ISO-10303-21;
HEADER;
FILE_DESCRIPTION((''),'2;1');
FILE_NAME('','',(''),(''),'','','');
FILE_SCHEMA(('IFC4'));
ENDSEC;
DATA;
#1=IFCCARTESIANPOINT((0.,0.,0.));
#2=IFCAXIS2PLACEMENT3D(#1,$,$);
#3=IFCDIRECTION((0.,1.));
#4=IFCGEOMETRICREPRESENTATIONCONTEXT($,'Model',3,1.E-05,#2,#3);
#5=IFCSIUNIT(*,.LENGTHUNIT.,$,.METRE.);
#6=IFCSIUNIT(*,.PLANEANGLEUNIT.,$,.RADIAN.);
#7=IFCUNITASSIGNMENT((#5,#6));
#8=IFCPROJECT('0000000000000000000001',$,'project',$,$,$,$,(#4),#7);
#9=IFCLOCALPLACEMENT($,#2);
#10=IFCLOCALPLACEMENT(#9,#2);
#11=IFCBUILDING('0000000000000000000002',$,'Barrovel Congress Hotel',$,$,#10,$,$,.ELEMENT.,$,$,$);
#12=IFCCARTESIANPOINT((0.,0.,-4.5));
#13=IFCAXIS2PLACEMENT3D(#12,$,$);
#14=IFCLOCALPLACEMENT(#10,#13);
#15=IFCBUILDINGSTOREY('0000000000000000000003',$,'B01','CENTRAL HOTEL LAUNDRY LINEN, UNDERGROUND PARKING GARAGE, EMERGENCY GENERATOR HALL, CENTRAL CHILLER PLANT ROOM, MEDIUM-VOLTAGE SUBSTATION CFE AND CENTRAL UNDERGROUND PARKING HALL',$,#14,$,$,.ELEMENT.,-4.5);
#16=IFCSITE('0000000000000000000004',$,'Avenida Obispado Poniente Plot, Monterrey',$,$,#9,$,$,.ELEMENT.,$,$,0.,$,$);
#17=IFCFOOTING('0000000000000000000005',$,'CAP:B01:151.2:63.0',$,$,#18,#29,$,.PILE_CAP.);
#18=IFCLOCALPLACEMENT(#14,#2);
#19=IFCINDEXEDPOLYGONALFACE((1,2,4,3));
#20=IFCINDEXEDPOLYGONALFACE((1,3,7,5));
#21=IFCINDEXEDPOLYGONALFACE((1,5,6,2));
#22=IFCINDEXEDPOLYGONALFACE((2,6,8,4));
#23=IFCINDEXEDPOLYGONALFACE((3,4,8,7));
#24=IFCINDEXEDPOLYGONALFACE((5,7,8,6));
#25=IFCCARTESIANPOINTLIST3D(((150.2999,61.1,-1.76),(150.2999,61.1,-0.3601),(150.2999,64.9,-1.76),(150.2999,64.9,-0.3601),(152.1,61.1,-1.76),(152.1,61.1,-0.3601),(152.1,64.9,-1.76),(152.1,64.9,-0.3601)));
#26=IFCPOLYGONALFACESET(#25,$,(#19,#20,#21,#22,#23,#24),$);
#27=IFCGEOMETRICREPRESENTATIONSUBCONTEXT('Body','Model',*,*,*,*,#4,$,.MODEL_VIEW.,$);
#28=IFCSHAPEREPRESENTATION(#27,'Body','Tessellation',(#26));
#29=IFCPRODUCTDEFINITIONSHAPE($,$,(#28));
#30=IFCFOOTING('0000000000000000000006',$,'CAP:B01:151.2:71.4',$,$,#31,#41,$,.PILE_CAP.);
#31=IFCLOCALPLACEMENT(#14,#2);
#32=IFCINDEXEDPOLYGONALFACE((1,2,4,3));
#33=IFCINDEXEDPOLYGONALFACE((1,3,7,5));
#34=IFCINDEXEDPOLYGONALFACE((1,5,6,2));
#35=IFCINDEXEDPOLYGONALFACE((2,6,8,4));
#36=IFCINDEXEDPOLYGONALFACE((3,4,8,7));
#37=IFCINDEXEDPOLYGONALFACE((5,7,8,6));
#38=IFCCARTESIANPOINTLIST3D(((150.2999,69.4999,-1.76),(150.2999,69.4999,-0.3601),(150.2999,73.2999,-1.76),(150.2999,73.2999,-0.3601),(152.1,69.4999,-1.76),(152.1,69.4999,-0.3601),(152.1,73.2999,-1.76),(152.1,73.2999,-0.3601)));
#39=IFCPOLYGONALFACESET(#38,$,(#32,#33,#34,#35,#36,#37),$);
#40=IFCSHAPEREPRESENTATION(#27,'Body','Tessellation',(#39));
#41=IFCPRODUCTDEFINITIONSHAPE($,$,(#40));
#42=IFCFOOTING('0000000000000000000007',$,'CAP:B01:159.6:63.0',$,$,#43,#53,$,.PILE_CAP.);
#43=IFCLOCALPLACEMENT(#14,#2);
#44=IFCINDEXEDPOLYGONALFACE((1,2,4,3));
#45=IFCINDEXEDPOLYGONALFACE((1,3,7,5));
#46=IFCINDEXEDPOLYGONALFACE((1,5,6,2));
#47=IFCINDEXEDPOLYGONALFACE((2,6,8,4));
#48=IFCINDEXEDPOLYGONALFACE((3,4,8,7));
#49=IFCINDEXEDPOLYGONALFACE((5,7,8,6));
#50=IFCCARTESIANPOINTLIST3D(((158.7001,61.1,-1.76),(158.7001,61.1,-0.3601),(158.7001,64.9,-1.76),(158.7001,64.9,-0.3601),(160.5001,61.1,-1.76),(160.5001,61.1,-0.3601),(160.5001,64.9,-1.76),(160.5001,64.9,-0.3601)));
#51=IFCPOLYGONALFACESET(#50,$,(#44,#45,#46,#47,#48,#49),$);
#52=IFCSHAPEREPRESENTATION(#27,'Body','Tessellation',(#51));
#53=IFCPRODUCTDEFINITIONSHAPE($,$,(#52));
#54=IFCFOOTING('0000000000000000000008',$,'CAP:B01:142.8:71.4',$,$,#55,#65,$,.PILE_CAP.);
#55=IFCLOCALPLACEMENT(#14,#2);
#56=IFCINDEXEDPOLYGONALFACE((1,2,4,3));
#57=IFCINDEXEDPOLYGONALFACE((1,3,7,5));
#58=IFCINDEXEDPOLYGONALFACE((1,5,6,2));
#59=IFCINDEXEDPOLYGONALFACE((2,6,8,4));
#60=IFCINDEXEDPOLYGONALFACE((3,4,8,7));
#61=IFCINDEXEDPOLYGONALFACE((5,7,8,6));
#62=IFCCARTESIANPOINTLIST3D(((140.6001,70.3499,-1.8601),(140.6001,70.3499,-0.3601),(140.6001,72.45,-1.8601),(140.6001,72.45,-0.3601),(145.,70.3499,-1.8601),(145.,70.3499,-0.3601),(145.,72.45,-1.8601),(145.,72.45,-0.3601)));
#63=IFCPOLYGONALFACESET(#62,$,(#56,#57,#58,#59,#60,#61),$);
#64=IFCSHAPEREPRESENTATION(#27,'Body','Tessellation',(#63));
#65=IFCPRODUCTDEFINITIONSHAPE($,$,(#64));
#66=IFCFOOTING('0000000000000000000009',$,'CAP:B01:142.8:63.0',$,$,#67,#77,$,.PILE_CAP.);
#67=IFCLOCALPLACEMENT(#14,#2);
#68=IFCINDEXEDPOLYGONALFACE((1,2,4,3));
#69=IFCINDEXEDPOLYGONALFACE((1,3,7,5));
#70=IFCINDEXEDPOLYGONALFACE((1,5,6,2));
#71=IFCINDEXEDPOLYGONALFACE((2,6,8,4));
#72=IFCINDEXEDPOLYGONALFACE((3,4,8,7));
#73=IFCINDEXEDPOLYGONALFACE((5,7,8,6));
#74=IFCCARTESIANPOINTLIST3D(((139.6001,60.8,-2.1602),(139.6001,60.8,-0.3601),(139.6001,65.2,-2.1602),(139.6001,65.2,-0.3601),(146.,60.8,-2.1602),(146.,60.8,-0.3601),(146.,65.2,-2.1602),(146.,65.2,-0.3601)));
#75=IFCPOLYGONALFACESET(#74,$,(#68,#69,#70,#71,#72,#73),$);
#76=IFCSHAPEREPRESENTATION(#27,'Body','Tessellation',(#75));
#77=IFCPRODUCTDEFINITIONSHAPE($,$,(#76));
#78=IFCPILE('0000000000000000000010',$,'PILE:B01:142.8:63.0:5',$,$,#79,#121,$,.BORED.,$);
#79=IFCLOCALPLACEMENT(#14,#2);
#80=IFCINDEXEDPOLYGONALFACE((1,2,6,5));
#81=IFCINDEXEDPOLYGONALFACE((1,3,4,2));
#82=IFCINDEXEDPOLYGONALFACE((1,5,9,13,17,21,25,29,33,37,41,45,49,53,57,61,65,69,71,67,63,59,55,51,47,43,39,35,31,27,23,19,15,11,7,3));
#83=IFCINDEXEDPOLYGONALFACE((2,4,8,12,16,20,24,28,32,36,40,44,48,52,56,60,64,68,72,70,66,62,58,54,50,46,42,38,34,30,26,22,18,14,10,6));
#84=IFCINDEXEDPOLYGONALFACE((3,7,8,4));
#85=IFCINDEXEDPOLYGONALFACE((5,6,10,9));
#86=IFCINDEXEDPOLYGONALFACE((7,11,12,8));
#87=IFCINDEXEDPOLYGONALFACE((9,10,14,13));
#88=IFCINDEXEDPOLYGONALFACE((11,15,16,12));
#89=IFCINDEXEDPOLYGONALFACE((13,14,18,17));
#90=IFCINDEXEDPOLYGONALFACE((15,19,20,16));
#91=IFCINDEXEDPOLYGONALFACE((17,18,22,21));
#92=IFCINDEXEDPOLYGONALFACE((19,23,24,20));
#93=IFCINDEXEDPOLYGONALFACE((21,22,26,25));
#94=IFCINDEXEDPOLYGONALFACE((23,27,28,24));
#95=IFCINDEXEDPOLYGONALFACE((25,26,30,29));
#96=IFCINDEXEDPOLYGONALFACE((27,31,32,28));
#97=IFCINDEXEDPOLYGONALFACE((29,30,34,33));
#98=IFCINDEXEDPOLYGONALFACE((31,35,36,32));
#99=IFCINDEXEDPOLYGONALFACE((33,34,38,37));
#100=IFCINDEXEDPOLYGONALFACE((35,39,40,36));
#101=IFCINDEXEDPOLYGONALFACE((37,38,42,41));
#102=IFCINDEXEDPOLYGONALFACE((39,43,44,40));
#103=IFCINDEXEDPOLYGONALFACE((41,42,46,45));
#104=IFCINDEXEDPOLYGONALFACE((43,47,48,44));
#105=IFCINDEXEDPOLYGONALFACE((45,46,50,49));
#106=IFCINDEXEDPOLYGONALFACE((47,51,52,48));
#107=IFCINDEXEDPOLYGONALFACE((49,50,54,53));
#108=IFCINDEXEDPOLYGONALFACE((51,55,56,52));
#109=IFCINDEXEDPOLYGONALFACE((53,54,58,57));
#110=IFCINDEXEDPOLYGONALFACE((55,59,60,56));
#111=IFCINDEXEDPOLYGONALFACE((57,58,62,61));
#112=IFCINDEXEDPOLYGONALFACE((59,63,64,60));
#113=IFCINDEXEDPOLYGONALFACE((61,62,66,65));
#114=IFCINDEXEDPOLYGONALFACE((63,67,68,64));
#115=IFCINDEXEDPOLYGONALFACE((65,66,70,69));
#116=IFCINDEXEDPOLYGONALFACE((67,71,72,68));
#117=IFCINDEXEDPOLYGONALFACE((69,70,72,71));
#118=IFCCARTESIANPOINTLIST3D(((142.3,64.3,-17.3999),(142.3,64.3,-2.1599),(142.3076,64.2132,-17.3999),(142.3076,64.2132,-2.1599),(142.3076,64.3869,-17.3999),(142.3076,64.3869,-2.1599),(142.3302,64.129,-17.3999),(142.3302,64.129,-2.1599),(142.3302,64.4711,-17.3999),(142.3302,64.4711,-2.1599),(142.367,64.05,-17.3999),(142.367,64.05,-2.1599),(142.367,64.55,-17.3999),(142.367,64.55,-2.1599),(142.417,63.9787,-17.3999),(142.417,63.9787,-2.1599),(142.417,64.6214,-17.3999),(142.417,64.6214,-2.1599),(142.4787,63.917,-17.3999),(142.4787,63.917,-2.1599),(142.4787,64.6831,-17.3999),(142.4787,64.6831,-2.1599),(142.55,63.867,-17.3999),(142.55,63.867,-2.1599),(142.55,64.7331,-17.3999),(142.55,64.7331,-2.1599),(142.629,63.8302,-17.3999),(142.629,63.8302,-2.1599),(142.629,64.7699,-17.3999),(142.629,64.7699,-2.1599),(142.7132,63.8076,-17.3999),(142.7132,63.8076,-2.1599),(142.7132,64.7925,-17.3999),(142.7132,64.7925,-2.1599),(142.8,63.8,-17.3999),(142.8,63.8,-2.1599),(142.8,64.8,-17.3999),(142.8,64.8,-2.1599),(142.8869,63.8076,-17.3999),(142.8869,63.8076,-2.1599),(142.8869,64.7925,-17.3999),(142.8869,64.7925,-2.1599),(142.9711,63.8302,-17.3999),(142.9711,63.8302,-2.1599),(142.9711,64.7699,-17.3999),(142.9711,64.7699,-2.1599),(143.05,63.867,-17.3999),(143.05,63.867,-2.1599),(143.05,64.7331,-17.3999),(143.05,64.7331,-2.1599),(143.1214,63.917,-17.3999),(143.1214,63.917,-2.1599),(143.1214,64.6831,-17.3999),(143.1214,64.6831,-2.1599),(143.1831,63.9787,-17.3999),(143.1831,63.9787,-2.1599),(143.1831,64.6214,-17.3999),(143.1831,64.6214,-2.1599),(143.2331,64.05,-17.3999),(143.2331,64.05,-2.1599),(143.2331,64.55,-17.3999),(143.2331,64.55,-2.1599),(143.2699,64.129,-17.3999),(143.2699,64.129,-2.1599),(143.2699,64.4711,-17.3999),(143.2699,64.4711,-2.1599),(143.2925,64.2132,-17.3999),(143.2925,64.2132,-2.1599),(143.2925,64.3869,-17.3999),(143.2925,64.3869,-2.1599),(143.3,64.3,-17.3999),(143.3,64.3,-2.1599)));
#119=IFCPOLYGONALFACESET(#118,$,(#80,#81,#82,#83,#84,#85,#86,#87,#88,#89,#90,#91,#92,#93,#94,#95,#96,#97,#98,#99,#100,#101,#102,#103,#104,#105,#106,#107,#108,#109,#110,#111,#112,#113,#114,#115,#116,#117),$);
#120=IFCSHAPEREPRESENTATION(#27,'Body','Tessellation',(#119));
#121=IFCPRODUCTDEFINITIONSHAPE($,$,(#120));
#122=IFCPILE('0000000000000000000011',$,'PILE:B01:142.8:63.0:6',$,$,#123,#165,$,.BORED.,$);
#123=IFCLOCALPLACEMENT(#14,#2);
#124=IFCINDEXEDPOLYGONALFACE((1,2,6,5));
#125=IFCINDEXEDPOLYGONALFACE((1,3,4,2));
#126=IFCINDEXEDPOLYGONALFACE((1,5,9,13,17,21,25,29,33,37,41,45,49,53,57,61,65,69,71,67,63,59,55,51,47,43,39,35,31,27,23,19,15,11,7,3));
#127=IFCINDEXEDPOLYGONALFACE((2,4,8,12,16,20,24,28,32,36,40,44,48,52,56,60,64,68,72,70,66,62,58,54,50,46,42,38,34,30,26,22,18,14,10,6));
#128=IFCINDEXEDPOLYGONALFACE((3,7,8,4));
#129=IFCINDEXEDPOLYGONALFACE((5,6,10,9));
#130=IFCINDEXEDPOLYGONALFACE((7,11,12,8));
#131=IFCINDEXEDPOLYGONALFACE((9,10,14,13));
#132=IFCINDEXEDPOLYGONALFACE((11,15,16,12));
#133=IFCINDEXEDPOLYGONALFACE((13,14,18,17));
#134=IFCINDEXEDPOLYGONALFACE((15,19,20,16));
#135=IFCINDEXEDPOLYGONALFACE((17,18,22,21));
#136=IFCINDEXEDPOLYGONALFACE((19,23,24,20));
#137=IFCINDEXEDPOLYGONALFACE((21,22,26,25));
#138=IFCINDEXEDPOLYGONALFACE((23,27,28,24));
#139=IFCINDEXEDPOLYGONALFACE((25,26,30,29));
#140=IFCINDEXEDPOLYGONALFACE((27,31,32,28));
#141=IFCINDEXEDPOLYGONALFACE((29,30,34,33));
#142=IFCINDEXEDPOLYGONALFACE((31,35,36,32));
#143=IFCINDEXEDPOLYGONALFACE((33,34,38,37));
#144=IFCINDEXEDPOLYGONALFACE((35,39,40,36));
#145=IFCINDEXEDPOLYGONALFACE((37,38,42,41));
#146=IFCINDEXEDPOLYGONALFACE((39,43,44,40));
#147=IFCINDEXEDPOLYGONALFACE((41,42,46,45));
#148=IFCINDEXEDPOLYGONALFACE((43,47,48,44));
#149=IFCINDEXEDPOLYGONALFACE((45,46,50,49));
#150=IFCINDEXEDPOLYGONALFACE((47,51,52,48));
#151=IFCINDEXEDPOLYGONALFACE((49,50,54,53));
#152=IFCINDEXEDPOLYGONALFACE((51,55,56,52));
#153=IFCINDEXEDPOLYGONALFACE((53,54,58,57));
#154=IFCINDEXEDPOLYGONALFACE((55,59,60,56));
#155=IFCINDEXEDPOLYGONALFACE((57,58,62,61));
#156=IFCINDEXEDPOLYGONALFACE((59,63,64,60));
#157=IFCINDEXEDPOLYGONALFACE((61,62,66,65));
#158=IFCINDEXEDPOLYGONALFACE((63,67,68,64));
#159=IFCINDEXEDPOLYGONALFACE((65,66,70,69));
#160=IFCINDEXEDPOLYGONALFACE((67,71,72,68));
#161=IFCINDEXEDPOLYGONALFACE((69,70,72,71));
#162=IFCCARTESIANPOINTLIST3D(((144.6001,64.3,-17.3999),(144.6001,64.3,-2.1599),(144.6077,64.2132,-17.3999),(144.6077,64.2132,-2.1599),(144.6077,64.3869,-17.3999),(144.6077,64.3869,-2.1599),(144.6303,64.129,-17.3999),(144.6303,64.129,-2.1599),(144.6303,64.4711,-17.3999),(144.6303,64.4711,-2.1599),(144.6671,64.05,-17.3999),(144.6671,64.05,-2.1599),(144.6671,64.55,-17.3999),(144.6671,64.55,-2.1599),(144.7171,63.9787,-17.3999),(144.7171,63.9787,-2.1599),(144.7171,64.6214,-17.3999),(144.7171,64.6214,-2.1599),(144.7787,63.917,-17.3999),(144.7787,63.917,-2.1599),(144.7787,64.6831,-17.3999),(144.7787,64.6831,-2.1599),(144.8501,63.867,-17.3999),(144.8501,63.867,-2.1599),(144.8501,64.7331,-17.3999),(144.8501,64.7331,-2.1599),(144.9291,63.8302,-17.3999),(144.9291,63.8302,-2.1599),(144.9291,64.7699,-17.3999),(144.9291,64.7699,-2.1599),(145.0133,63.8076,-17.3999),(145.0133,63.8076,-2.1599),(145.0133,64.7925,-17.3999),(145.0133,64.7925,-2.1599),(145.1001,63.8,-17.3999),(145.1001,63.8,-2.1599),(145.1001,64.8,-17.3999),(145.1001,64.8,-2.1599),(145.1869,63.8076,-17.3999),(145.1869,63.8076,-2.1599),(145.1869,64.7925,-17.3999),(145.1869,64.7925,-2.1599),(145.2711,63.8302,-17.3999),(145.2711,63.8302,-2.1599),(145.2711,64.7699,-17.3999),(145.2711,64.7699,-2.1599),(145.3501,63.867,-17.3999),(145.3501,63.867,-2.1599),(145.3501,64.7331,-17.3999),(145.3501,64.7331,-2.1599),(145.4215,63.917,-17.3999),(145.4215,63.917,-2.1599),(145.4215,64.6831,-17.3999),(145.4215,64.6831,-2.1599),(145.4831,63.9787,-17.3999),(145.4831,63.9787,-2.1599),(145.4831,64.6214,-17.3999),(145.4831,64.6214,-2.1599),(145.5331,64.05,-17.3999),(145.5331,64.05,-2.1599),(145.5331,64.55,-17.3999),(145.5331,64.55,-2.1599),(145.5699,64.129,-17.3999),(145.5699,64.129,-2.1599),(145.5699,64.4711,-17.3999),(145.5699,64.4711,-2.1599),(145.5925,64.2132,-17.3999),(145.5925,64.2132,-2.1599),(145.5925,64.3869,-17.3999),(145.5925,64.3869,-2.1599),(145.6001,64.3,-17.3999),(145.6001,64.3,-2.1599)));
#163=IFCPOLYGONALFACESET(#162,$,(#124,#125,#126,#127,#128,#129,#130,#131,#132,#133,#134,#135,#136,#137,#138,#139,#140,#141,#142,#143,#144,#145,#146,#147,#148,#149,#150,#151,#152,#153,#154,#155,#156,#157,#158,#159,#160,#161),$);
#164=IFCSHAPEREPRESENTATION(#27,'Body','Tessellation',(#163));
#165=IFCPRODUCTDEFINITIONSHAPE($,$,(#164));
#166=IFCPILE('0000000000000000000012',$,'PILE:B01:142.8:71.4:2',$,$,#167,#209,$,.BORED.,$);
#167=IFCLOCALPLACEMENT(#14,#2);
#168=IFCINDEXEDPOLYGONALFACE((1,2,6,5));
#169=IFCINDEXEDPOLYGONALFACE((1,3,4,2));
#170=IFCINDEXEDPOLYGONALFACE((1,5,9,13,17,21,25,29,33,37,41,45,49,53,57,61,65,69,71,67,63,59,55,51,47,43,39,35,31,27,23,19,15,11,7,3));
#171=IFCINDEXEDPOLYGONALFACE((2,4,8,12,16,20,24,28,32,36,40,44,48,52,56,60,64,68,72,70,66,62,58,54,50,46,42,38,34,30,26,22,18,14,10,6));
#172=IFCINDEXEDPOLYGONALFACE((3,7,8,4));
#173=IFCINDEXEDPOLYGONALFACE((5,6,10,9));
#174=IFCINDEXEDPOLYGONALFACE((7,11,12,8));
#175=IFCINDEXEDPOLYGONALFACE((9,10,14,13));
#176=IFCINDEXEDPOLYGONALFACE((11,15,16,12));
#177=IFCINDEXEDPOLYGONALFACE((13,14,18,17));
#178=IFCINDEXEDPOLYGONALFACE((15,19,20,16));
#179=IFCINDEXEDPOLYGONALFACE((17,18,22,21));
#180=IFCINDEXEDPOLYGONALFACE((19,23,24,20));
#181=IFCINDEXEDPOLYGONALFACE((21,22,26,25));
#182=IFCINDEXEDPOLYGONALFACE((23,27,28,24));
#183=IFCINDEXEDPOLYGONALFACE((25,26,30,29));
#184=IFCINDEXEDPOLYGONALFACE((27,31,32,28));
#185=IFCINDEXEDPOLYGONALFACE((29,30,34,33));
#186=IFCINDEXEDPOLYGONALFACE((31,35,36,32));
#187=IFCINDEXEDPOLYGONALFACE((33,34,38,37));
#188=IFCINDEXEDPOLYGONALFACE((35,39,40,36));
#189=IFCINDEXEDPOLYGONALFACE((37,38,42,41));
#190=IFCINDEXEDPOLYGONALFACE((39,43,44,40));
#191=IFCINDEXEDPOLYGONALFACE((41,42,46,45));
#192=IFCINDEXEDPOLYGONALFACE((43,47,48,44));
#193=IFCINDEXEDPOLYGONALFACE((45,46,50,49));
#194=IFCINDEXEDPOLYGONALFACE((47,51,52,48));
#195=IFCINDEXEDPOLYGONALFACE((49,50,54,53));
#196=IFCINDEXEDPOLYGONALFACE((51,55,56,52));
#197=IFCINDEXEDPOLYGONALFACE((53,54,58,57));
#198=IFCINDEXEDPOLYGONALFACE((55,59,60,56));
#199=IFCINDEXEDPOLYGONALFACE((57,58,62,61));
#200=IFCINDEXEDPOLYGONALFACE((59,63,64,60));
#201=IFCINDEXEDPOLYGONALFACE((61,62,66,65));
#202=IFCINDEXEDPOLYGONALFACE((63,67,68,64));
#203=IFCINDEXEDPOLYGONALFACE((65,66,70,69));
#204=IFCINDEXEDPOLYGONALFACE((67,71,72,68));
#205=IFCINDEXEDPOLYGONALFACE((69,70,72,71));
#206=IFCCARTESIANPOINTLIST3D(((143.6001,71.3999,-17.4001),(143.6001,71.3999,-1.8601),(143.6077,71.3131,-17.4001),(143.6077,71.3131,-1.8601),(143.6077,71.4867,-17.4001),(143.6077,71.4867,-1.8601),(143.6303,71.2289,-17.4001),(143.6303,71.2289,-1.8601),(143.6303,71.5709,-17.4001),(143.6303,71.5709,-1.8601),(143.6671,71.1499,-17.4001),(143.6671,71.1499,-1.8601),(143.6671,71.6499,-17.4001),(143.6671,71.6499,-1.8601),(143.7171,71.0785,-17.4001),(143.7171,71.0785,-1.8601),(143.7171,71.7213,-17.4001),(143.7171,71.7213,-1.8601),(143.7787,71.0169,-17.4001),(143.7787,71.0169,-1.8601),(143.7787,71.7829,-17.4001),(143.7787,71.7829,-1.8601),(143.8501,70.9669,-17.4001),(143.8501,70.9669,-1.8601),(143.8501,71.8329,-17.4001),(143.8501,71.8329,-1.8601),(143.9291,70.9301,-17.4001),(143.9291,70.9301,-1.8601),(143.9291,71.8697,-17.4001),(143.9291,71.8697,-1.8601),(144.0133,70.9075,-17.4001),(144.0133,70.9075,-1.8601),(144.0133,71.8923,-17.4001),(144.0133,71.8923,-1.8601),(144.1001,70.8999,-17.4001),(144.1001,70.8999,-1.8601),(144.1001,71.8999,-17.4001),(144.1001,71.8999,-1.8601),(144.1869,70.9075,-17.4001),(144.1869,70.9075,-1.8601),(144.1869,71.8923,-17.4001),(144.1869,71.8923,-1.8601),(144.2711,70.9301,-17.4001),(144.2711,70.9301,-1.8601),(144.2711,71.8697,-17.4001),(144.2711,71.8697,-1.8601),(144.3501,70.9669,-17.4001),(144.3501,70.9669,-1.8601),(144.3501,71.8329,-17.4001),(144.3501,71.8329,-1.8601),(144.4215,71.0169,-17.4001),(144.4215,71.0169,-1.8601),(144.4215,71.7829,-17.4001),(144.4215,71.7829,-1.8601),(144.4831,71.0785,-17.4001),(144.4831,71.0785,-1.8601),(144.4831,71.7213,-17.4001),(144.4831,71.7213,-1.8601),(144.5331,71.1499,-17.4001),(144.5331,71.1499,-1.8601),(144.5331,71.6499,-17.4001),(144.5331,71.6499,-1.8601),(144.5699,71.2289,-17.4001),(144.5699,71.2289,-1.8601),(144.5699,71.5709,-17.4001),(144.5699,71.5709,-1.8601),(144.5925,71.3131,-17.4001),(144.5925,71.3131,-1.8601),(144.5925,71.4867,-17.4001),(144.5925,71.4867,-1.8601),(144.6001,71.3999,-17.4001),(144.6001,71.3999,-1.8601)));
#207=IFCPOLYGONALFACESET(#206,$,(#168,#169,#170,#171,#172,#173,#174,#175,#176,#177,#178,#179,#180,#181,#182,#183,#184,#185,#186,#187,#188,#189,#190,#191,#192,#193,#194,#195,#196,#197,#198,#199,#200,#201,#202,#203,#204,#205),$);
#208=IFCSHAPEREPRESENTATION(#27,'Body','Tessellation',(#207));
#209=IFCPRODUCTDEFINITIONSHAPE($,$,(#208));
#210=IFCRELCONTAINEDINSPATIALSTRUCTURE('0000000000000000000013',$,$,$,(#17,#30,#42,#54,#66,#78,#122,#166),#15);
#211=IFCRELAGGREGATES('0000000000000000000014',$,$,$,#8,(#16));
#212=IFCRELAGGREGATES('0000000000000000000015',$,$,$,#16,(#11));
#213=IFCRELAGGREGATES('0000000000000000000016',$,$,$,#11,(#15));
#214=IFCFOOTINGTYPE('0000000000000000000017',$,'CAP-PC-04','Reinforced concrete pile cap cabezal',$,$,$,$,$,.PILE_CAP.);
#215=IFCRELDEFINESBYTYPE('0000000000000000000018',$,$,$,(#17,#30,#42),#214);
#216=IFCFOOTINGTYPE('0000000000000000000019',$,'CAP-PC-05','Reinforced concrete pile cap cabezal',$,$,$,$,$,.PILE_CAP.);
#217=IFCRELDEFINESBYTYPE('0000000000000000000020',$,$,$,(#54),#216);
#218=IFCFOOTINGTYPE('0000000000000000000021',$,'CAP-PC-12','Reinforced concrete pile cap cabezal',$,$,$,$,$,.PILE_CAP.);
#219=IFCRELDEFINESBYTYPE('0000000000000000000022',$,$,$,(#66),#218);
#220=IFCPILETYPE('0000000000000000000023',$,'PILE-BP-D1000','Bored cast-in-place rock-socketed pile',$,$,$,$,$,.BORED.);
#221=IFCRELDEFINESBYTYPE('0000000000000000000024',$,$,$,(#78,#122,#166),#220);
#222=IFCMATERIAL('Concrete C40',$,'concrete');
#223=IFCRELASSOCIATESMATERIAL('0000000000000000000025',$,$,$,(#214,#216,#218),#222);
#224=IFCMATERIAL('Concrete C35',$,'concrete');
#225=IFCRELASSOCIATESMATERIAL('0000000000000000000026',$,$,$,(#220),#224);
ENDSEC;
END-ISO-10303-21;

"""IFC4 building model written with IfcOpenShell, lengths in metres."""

from ifc_helpers import new_model, si_unit, direction, frame, origin, origin_2d, place, context, subcontext, project, spatial, rectangle, circle, extrude, material, material_profile, profile_set, type_object, element, save


model = new_model("IFC4")

# Units and contexts
model_context = context("Model", 3, precision=1e-05, world=origin(), true_north=direction((0.0, 1.0)))
body_context = subcontext(model_context, "Body", "Model", "MODEL_VIEW")
ifc_project = project(units=[si_unit("LENGTHUNIT", "METRE"), si_unit("PLANEANGLEUNIT", "RADIAN")], contexts=[model_context])

# Site, building, storey
site_placement = place(None, origin())
site = spatial("IfcSite", under=ifc_project, at=site_placement, Name="Avenida Obispado Poniente Plot, Monterrey", CompositionType="ELEMENT", RefElevation=0.0)
building_placement = place(site_placement, origin())
building = spatial("IfcBuilding", under=site, at=building_placement, Name="Barrovel Congress Hotel", CompositionType="ELEMENT")
storey_placement = place(building_placement, frame((0.0, 0.0, -4.5)))
storey = spatial("IfcBuildingStorey", under=building, at=storey_placement, Name="B01", Description="CENTRAL HOTEL LAUNDRY LINEN, UNDERGROUND PARKING GARAGE, EMERGENCY GENERATOR HALL, CENTRAL CHILLER PLANT ROOM, MEDIUM-VOLTAGE SUBSTATION CFE AND CENTRAL UNDERGROUND PARKING HALL", CompositionType="ELEMENT", Elevation=-4.5)

# Footings
ifc_material_1 = material(Name="Concrete C40", Category="concrete")
footing_type_1 = type_object("IfcFootingType", Name="CAP-PC-04", Description="Reinforced concrete pile cap cabezal", PredefinedType="PILE_CAP", material=ifc_material_1)
for number, where, z_axis, x_axis, name in (
    (1, (151.2, 63.0, -1.76), (0.0, 0.0, 1.0), (1.0, 0.0, 0.0), "CAP:B01:151.2:63.0"),
    (2, (151.2, 71.3999, -1.76), (0.0, 0.0, 1.0), (1.0, 0.0, 0.0), "CAP:B01:151.2:71.4"),
    (3, (159.6001, 63.0, -1.76), (0.0, 0.0, 1.0), (1.0, 0.0, 0.0), "CAP:B01:159.6:63.0"),
):
    element("IfcFooting", number, at=place(storey_placement, frame(where, z_axis=z_axis, x_axis=x_axis)), inside=storey, type_object=footing_type_1, Name=name, PredefinedType="PILE_CAP", context=body_context, shape_type="SweptSolid", body=[
        extrude(rectangle(XDim=1.8, YDim=3.8, at=origin_2d()), origin(), (0.0, 0.0, 1.0), 1.3999),
    ])
footing_type_2 = type_object("IfcFootingType", Name="CAP-PC-05", Description="Reinforced concrete pile cap cabezal", PredefinedType="PILE_CAP", material=ifc_material_1)
footing_1_placement = place(storey_placement, frame((142.8, 71.3999, -1.8601), z_axis=(0.0, 0.0, 1.0), x_axis=(1.0, 0.0, 0.0)))
element("IfcFooting", 4, at=footing_1_placement, inside=storey, type_object=footing_type_2, Name="CAP:B01:142.8:71.4", PredefinedType="PILE_CAP", context=body_context, shape_type="SweptSolid", body=[
    extrude(rectangle(XDim=4.3999, YDim=2.1001, at=origin_2d()), origin(), (0.0, 0.0, 1.0), 1.5),
])
footing_type_3 = type_object("IfcFootingType", Name="CAP-PC-12", Description="Reinforced concrete pile cap cabezal", PredefinedType="PILE_CAP", material=ifc_material_1)
footing_2_placement = place(storey_placement, frame((142.8, 63.0, -2.1602), z_axis=(0.0, 0.0, 1.0), x_axis=(1.0, 0.0, 0.0)))
element("IfcFooting", 5, at=footing_2_placement, inside=storey, type_object=footing_type_3, Name="CAP:B01:142.8:63.0", PredefinedType="PILE_CAP", context=body_context, shape_type="SweptSolid", body=[
    extrude(rectangle(XDim=6.3999, YDim=4.3999, at=origin_2d()), origin(), (0.0, 0.0, 1.0), 1.8),
])

# Piles
ifc_material_2 = material(Name="Concrete C35", Category="concrete")
ifc_material_profile_1 = material_profile(ifc_material_2, circle(Radius=0.5, at=origin_2d()), Name="BP-D1000")
ifc_profile_set_1 = profile_set([ifc_material_profile_1], Name="Concrete C35")
pile_type_1 = type_object("IfcPileType", Name="PILE-BP-D1000", Description="Bored cast-in-place rock-socketed pile", PredefinedType="BORED", material=ifc_profile_set_1)
for number, where, z_axis, x_axis, name in (
    (6, (142.8, 64.3, -2.1599), (0.0, 0.0, -1.0), (1.0, 0.0, 0.0), "PILE:B01:142.8:63.0:5"),
    (7, (145.1001, 64.3, -2.1599), (0.0, 0.0, -1.0), (1.0, 0.0, 0.0), "PILE:B01:142.8:63.0:6"),
):
    element("IfcPile", number, at=place(storey_placement, frame(where, z_axis=z_axis, x_axis=x_axis)), inside=storey, type_object=pile_type_1, Name=name, PredefinedType="BORED", context=body_context, shape_type="SweptSolid", body=[
        extrude(circle(Radius=0.5, at=origin_2d()), origin(), (0.0, 0.0, 1.0), 15.24),
    ])
pile_placement = place(storey_placement, frame((144.1001, 71.3999, -1.8601), z_axis=(0.0, 0.0, -1.0), x_axis=(1.0, 0.0, 0.0)))
element("IfcPile", 8, at=pile_placement, inside=storey, type_object=pile_type_1, Name="PILE:B01:142.8:71.4:2", PredefinedType="BORED", context=body_context, shape_type="SweptSolid", body=[
    extrude(circle(Radius=0.5, at=origin_2d()), origin(), (0.0, 0.0, 1.0), 15.54),
])

save(model, "model.ifc")
